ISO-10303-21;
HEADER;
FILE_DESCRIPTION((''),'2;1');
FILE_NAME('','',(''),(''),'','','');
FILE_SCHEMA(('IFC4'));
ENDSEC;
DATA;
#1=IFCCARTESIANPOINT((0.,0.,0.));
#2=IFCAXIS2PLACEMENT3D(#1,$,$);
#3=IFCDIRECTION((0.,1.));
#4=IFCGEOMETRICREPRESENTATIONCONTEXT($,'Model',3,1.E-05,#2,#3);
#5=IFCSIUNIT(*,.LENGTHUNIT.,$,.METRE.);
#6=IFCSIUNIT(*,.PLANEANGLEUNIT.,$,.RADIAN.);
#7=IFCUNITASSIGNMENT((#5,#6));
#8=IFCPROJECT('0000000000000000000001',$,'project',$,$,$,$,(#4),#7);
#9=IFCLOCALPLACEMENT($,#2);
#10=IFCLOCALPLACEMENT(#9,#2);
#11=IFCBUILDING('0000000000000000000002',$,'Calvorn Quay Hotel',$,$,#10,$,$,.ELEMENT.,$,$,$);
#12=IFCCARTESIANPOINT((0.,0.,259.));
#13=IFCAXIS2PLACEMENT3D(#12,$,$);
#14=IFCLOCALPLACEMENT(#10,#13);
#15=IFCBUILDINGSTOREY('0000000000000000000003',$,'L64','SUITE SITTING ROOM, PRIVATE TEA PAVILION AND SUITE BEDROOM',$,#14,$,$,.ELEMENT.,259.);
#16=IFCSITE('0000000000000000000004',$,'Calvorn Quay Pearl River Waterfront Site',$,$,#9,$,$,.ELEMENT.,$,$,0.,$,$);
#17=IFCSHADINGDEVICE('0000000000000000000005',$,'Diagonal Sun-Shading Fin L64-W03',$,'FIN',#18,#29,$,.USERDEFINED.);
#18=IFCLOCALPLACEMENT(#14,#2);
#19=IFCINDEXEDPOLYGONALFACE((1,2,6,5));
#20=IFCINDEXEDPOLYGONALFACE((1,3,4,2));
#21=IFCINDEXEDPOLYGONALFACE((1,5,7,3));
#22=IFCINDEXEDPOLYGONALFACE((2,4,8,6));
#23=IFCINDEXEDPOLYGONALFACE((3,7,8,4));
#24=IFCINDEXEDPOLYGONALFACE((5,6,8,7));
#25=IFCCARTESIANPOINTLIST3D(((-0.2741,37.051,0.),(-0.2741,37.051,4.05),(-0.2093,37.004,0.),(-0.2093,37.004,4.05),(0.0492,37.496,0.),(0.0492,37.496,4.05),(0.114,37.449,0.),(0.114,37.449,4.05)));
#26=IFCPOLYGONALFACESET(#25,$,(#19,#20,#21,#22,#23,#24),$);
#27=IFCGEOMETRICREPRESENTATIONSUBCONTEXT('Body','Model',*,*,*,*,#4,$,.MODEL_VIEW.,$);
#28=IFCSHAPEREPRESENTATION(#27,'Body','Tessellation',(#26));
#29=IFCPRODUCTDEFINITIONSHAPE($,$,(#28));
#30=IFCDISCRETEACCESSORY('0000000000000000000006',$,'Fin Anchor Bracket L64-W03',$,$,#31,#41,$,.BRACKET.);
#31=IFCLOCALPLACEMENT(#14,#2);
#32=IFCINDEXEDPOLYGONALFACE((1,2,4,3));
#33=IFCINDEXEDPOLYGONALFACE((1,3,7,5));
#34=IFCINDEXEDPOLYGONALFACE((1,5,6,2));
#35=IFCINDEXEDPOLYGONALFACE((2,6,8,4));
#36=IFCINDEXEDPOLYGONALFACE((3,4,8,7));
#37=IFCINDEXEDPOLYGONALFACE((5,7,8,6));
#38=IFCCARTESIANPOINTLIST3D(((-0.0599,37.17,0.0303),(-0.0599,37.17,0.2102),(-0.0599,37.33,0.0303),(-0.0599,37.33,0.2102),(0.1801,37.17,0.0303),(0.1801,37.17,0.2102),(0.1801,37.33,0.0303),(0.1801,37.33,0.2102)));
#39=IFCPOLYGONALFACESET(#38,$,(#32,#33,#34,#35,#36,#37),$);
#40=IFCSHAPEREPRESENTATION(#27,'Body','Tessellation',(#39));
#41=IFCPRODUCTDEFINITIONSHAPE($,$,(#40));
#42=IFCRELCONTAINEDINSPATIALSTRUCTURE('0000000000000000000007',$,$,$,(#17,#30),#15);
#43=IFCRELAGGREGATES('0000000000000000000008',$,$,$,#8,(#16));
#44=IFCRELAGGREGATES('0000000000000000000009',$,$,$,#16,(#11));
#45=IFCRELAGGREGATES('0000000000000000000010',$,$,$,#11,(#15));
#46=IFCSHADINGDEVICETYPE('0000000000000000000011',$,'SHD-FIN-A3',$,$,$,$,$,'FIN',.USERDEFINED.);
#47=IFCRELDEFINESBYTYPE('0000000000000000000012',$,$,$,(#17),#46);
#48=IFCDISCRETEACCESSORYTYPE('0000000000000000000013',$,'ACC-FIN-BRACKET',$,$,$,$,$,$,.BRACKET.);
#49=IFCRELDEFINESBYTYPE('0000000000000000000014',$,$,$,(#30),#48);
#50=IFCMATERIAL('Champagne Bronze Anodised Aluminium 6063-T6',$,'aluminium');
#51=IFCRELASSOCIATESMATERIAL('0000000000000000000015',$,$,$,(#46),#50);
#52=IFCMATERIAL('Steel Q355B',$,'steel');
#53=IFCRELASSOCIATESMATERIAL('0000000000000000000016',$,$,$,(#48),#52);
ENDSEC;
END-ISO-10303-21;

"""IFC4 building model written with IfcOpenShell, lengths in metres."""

from ifc_helpers import new_model, si_unit, direction, frame, origin, origin_2d, place, context, subcontext, project, spatial, rectangle, extrude, material, type_object, element, save


model = new_model("IFC4")

# Units and contexts
model_context = context("Model", 3, precision=1e-05, world=origin(), true_north=direction((0.0, 1.0)))
body_context = subcontext(model_context, "Body", "Model", "MODEL_VIEW")
ifc_project = project(units=[si_unit("LENGTHUNIT", "METRE"), si_unit("PLANEANGLEUNIT", "RADIAN")], contexts=[model_context])

# Site, building, storey
site_placement = place(None, origin())
site = spatial("IfcSite", under=ifc_project, at=site_placement, Name="Calvorn Quay Pearl River Waterfront Site", CompositionType="ELEMENT", RefElevation=0.0)
building_placement = place(site_placement, origin())
building = spatial("IfcBuilding", under=site, at=building_placement, Name="Calvorn Quay Hotel", CompositionType="ELEMENT")
storey_placement = place(building_placement, frame((0.0, 0.0, 259.0)))
storey = spatial("IfcBuildingStorey", under=building, at=storey_placement, Name="L64", Description="SUITE SITTING ROOM, PRIVATE TEA PAVILION AND SUITE BEDROOM", CompositionType="ELEMENT", Elevation=259.0)

# Shading device
ifc_material_1 = material(Name="Champagne Bronze Anodised Aluminium 6063-T6", Category="aluminium")
shading_device_type = type_object("IfcShadingDeviceType", Name="SHD-FIN-A3", ElementType="FIN", PredefinedType="USERDEFINED", material=ifc_material_1)
shading_device_placement = place(storey_placement, frame((-0.0801, 37.25, 0.0), z_axis=(0.0, 0.0, 1.0), x_axis=(0.587785, 0.809017, 0.0)))
element("IfcShadingDevice", 1, at=shading_device_placement, inside=storey, type_object=shading_device_type, Name="Diagonal Sun-Shading Fin L64-W03", ObjectType="FIN", PredefinedType="USERDEFINED", context=body_context, shape_type="SweptSolid", body=[
    extrude(rectangle(XDim=0.55, YDim=0.0801, at=origin_2d()), origin(), (0.0, 0.0, 1.0), 4.05),
])

# Discrete accessory
ifc_material_2 = material(Name="Steel Q355B", Category="steel")
discrete_accessory_type = type_object("IfcDiscreteAccessoryType", Name="ACC-FIN-BRACKET", PredefinedType="BRACKET", material=ifc_material_2)
discrete_accessory_placement = place(storey_placement, frame((0.0601, 37.25, 0.0303), z_axis=(0.0, 0.0, 1.0), x_axis=(1.0, 0.0, 0.0)))
element("IfcDiscreteAccessory", 2, at=discrete_accessory_placement, inside=storey, type_object=discrete_accessory_type, Name="Fin Anchor Bracket L64-W03", PredefinedType="BRACKET", context=body_context, shape_type="SweptSolid", body=[
    extrude(rectangle(XDim=0.24, YDim=0.1599, at=origin_2d()), origin(), (0.0, 0.0, 1.0), 0.1799),
])

save(model, "model.ifc")
